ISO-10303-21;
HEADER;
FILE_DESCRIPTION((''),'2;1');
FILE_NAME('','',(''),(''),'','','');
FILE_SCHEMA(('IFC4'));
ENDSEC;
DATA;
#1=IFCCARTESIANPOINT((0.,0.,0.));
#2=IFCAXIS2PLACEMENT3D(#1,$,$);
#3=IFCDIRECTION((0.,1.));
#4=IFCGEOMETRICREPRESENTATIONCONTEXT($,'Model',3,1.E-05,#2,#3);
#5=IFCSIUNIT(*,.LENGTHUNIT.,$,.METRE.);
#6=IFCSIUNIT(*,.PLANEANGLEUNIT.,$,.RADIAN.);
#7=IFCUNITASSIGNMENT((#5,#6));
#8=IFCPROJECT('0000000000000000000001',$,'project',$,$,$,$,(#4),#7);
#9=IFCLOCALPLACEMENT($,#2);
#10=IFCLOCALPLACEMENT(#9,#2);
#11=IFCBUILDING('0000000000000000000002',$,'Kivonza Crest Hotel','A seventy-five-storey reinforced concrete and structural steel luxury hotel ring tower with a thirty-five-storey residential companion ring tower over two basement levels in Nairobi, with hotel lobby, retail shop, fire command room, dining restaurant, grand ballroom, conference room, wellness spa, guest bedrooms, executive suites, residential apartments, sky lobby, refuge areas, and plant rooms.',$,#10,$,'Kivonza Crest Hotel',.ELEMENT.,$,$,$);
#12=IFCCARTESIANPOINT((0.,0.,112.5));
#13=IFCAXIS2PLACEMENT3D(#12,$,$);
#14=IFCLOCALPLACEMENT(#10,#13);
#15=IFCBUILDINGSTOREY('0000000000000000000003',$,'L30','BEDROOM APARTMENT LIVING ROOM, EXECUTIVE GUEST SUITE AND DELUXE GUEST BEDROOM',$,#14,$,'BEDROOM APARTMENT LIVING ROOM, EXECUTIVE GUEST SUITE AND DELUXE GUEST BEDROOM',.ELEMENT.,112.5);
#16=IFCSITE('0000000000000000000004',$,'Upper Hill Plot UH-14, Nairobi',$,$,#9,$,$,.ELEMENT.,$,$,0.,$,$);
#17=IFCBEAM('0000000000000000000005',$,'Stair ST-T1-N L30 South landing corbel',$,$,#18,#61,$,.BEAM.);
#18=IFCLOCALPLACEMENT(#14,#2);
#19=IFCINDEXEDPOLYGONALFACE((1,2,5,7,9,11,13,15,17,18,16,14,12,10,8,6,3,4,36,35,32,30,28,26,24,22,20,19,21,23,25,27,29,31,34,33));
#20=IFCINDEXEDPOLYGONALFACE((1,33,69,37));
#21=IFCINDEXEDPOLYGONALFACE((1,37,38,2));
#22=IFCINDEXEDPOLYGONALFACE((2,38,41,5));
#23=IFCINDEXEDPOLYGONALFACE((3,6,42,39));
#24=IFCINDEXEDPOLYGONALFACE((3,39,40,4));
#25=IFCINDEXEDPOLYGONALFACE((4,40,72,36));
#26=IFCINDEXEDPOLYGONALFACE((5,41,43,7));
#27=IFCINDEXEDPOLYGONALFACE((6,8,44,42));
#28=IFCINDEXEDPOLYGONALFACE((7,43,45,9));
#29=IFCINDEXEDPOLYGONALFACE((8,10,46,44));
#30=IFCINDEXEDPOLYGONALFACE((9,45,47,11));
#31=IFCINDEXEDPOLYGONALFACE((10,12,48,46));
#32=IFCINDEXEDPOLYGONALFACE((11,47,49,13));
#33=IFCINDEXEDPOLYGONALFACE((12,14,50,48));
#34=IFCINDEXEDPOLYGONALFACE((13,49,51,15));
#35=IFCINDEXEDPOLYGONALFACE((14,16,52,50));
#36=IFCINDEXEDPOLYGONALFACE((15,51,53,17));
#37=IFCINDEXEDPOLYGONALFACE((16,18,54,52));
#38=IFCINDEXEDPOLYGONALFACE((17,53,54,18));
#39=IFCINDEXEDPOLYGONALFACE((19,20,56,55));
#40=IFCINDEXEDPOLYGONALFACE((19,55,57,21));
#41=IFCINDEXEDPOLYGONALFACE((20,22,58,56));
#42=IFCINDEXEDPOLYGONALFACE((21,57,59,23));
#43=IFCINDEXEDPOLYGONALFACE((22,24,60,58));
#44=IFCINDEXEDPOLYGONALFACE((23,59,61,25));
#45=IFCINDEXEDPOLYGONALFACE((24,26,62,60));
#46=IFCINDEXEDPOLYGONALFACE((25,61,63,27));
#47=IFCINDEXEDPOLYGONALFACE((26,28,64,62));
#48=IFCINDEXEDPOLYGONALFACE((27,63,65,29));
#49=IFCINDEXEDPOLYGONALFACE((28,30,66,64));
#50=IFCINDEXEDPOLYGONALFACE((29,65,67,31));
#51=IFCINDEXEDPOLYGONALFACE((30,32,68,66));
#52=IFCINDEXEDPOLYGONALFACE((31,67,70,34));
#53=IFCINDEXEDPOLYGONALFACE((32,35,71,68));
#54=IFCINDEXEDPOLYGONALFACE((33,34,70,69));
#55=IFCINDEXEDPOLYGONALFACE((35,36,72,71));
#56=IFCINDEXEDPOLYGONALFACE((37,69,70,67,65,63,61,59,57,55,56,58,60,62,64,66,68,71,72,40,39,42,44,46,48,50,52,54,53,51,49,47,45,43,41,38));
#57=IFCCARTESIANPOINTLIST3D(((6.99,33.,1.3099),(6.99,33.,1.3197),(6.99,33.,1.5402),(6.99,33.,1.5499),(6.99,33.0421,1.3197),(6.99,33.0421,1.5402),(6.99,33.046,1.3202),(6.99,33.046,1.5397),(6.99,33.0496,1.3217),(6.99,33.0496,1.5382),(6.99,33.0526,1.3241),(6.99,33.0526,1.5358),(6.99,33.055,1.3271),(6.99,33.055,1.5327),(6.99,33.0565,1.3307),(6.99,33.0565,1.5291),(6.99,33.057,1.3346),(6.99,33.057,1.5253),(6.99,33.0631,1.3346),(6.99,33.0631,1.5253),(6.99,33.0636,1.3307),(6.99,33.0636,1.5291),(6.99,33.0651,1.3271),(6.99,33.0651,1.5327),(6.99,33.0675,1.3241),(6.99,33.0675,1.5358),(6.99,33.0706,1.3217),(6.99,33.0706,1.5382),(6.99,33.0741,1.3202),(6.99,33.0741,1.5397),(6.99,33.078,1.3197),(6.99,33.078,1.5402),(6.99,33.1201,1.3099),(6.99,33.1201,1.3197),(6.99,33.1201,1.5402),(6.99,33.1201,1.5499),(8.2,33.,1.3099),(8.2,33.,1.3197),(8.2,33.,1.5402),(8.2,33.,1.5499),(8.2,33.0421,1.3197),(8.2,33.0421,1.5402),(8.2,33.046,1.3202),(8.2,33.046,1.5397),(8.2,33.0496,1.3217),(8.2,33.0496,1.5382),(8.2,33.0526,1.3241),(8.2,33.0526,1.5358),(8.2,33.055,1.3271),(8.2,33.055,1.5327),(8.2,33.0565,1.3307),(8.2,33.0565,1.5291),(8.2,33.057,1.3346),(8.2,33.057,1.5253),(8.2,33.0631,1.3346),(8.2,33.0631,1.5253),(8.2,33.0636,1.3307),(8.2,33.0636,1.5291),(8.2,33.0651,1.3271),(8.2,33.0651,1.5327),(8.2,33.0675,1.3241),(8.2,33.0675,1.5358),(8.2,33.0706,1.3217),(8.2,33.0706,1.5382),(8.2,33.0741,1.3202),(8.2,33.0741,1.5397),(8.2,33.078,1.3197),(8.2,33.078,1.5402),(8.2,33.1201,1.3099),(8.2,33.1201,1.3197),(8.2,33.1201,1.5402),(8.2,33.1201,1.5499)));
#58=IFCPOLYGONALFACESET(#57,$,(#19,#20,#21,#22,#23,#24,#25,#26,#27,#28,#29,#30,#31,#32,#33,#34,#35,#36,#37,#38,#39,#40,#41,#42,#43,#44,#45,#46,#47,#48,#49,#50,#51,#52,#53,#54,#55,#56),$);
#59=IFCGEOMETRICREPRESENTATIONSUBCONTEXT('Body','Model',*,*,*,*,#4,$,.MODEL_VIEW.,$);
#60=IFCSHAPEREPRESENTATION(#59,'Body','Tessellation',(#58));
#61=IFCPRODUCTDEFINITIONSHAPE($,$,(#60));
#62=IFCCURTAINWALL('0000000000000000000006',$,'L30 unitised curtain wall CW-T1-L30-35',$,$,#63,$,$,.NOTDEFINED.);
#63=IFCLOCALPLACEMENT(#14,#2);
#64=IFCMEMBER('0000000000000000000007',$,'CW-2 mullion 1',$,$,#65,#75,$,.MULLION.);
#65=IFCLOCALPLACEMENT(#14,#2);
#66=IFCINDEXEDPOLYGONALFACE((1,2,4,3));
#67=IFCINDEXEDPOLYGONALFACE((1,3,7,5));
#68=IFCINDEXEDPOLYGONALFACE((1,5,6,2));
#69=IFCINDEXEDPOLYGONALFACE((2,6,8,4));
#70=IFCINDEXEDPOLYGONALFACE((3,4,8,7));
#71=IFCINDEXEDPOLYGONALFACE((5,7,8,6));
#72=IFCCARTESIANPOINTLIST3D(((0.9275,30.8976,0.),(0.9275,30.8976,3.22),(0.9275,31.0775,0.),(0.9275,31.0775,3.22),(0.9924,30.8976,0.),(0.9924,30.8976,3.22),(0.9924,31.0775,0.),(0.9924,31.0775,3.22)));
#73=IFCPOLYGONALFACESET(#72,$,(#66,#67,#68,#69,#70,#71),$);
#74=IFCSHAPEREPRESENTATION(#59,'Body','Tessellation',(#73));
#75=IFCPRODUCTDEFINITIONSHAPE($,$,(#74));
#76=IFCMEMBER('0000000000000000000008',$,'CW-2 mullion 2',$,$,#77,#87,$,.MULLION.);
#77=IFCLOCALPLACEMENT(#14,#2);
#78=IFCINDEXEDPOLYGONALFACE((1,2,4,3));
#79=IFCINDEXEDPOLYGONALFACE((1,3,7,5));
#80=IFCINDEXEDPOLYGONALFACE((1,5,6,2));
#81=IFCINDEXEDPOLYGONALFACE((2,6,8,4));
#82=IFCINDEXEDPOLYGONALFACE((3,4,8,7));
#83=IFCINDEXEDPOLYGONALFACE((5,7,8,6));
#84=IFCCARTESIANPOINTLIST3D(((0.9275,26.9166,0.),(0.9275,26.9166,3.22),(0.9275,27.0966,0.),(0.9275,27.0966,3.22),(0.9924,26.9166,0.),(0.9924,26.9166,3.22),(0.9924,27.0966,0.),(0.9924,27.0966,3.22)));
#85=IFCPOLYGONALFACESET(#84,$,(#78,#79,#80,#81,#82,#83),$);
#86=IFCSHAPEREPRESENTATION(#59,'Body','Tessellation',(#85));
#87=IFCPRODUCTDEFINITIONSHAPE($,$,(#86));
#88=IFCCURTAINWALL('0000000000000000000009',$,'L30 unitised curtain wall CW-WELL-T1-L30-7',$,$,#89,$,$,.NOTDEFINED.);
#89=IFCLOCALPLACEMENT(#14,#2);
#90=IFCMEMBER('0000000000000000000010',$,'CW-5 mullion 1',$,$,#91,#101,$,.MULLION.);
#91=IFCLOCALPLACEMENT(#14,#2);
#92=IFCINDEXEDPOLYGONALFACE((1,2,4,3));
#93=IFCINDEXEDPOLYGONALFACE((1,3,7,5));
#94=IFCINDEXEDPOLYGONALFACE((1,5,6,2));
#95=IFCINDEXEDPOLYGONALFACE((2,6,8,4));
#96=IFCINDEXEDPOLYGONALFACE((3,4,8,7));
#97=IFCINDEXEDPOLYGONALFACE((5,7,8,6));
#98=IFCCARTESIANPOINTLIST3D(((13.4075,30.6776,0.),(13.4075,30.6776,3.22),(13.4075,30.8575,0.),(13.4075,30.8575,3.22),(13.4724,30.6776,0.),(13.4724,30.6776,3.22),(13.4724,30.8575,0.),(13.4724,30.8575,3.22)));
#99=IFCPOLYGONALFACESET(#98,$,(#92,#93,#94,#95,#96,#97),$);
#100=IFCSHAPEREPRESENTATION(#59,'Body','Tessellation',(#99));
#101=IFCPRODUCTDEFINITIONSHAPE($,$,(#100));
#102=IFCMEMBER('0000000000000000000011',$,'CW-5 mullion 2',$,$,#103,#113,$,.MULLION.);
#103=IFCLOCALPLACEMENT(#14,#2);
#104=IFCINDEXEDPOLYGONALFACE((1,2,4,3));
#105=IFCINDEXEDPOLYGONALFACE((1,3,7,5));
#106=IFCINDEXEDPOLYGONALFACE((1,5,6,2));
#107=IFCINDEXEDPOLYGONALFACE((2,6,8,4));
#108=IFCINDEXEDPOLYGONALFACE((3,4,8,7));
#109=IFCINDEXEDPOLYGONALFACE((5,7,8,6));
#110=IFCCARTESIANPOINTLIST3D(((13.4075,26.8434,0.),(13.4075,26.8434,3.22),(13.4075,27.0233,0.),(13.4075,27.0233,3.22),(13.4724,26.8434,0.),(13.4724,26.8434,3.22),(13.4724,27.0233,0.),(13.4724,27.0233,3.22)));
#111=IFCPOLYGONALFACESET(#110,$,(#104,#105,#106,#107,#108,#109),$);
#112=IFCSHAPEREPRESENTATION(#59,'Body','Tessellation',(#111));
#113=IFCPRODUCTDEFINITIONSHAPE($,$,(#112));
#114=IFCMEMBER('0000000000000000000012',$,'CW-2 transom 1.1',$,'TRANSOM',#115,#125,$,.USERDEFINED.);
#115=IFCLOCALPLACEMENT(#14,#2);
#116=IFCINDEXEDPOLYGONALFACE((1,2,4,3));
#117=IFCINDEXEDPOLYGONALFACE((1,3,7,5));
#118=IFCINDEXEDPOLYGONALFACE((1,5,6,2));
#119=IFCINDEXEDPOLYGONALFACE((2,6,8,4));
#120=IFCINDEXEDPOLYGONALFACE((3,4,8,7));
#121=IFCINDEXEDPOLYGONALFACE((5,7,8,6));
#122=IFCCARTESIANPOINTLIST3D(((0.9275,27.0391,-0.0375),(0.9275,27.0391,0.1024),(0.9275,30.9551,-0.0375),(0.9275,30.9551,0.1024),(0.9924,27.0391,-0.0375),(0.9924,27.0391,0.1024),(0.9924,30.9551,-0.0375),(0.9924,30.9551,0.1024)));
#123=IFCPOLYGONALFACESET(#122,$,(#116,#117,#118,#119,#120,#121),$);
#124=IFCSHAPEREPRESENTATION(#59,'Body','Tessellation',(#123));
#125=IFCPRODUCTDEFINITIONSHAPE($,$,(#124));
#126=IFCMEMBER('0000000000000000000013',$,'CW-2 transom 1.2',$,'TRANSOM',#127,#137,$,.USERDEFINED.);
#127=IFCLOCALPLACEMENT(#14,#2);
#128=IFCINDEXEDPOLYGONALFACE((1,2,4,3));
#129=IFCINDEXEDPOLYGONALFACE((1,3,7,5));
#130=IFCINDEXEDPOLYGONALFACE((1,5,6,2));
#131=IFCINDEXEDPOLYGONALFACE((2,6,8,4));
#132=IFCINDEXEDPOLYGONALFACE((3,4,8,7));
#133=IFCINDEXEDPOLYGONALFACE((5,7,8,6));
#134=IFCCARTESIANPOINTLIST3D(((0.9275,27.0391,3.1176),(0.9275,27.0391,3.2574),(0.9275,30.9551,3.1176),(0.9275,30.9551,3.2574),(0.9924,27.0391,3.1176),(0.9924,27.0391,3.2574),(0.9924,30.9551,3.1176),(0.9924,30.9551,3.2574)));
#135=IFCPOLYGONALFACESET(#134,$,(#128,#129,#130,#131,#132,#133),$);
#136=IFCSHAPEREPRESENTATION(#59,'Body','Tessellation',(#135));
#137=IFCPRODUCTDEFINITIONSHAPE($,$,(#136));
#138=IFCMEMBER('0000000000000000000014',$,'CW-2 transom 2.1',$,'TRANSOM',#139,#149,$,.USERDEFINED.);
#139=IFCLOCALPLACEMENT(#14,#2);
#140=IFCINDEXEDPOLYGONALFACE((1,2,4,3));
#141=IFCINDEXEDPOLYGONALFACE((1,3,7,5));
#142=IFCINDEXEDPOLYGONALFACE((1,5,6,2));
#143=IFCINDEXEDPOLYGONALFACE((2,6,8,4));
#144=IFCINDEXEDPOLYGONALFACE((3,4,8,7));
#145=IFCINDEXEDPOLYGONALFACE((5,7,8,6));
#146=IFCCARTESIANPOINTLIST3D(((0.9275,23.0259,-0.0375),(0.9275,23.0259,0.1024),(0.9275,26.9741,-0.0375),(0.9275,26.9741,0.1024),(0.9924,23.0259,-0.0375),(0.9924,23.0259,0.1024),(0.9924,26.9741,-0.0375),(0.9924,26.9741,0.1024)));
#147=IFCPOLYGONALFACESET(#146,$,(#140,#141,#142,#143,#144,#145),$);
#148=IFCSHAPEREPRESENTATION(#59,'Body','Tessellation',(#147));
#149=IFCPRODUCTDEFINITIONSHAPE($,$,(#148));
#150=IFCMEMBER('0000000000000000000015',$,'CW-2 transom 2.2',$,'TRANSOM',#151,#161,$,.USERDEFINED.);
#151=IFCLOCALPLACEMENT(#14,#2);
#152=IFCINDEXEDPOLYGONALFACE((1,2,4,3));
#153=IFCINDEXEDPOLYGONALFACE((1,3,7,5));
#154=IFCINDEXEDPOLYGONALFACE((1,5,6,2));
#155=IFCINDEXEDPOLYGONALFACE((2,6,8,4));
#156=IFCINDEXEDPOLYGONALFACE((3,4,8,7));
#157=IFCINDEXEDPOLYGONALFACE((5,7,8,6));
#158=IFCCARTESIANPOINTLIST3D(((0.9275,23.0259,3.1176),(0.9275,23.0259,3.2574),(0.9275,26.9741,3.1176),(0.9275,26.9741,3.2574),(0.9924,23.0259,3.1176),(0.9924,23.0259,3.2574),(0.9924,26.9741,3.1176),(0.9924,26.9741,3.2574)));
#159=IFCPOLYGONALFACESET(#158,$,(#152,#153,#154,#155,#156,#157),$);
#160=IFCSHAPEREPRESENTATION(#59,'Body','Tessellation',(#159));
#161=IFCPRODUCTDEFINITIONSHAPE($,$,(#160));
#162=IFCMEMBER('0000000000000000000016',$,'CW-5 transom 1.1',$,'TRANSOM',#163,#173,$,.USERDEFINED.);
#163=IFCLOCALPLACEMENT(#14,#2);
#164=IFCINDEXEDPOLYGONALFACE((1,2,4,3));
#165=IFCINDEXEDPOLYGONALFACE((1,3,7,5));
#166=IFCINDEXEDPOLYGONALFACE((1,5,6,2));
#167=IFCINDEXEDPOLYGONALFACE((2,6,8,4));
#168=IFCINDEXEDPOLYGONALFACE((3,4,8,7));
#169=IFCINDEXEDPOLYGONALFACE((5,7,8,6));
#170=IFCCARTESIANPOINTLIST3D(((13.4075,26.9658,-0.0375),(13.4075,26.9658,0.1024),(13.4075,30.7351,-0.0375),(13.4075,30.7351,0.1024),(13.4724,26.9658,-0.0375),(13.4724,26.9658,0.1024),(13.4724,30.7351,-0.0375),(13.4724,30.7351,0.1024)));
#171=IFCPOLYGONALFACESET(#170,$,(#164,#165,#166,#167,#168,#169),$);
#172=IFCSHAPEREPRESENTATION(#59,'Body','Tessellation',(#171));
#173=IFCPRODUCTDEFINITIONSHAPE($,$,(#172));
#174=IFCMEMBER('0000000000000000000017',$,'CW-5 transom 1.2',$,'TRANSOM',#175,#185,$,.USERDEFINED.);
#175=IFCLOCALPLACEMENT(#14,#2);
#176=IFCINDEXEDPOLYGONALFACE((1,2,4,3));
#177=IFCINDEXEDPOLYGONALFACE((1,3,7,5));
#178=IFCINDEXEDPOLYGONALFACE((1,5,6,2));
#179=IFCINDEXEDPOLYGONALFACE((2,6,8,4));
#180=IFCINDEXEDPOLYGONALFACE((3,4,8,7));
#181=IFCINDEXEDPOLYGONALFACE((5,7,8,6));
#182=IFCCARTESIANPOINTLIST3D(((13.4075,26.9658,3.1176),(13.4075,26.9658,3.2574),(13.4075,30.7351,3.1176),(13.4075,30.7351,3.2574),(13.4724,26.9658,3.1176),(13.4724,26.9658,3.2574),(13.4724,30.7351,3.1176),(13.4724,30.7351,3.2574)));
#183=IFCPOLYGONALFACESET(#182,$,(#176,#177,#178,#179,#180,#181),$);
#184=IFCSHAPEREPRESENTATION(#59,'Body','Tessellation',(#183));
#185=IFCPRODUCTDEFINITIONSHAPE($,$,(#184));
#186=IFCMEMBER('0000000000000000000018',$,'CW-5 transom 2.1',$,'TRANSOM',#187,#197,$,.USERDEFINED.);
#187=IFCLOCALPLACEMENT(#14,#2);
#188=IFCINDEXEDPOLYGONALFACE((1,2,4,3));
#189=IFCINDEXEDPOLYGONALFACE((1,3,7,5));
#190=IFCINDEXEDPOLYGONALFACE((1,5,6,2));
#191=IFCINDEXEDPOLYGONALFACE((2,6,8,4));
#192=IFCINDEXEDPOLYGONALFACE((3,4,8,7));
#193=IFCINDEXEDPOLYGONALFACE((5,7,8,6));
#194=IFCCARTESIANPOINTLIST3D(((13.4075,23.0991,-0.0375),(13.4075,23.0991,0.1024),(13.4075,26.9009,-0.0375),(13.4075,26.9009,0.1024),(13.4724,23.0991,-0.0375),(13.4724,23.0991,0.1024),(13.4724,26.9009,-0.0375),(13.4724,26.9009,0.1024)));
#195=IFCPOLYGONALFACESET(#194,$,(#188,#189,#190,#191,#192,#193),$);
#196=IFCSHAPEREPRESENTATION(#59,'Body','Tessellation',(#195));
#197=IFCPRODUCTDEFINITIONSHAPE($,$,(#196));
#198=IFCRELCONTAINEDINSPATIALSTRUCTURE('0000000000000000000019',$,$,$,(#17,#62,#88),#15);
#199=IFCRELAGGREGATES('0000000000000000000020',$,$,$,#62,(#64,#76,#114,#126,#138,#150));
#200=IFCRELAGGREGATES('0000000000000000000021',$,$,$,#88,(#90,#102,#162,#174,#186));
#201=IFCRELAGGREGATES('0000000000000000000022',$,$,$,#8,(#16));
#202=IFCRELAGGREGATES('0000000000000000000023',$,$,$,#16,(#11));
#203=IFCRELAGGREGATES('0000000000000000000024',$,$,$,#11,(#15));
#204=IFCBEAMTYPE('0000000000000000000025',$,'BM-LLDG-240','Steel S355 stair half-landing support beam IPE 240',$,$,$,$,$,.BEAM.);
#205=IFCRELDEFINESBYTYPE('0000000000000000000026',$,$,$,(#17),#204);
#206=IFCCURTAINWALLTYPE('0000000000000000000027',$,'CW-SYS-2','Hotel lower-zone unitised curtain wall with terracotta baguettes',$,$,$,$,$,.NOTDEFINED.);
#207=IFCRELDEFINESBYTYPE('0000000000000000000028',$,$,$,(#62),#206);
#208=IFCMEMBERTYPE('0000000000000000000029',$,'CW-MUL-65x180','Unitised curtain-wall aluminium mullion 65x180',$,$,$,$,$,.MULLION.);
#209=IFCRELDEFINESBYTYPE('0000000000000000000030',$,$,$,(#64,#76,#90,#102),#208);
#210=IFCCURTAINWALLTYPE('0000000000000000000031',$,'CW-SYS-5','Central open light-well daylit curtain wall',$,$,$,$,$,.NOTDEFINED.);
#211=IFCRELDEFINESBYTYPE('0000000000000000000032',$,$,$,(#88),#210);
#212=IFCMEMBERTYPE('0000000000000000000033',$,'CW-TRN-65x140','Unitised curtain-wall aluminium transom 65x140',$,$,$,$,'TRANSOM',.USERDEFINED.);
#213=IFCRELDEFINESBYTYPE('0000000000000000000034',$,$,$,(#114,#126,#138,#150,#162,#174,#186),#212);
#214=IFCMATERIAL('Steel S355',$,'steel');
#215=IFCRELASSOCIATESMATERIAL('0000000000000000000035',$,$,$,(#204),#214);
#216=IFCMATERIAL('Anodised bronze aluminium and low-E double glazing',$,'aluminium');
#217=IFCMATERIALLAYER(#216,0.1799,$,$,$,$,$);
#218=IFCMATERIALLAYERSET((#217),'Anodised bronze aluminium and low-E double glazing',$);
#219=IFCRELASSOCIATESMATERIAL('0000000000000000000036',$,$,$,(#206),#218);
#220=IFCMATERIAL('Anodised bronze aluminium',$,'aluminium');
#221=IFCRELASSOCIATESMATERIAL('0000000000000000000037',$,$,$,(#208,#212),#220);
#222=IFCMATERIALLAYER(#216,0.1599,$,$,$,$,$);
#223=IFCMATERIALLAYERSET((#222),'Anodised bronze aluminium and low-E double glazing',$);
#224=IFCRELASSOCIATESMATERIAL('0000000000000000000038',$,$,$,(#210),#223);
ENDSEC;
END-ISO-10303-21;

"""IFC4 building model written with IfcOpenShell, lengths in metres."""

from ifc_helpers import new_model, si_unit, direction, frame, origin, origin_2d, place, context, subcontext, project, spatial, rectangle, i_section, extrude, material, layer, layer_set, material_profile, profile_set, type_object, element, aggregate, save


model = new_model("IFC4")

# Units and contexts
model_context = context("Model", 3, precision=1e-05, world=origin(), true_north=direction((0.0, 1.0)))
body_context = subcontext(model_context, "Body", "Model", "MODEL_VIEW")
ifc_project = project(units=[si_unit("LENGTHUNIT", "METRE"), si_unit("PLANEANGLEUNIT", "RADIAN")], contexts=[model_context])

# Site, building, storey
site_placement = place(None, origin())
site = spatial("IfcSite", under=ifc_project, at=site_placement, Name="Upper Hill Plot UH-14, Nairobi", CompositionType="ELEMENT", RefElevation=0.0)
building_placement = place(site_placement, origin())
building = spatial("IfcBuilding", under=site, at=building_placement, Name="Kivonza Crest Hotel", Description="A seventy-five-storey reinforced concrete and structural steel luxury hotel ring tower with a thirty-five-storey residential companion ring tower over two basement levels in Nairobi, with hotel lobby, retail shop, fire command room, dining restaurant, grand ballroom, conference room, wellness spa, guest bedrooms, executive suites, residential apartments, sky lobby, refuge areas, and plant rooms.", LongName="Kivonza Crest Hotel", CompositionType="ELEMENT")
storey_placement = place(building_placement, frame((0.0, 0.0, 112.5)))
storey = spatial("IfcBuildingStorey", under=building, at=storey_placement, Name="L30", Description="BEDROOM APARTMENT LIVING ROOM, EXECUTIVE GUEST SUITE AND DELUXE GUEST BEDROOM", LongName="BEDROOM APARTMENT LIVING ROOM, EXECUTIVE GUEST SUITE AND DELUXE GUEST BEDROOM", CompositionType="ELEMENT", Elevation=112.5)

# Beam
ifc_material_1 = material(Name="Steel S355", Category="steel")
ifc_material_profile_1 = material_profile(ifc_material_1, i_section(OverallWidth=0.1201, OverallDepth=0.24, WebThickness=0.0061, FlangeThickness=0.0098, FilletRadius=0.0149, at=origin_2d()), Name="IPE 240")
ifc_profile_set_1 = profile_set([ifc_material_profile_1], Name="Steel S355")
beam_type_1 = type_object("IfcBeamType", Name="BM-LLDG-240", Description="Steel S355 stair half-landing support beam IPE 240", PredefinedType="BEAM", material=ifc_profile_set_1)
beam_1_placement = place(storey_placement, frame((6.99, 33.0601, 1.4299), z_axis=(1.0, 0.0, 0.0), x_axis=(0.0, 1.0, 0.0)))
element("IfcBeam", 1, at=beam_1_placement, inside=storey, type_object=beam_type_1, Name="Stair ST-T1-N L30 South landing corbel", PredefinedType="BEAM", context=body_context, shape_type="SweptSolid", body=[
    extrude(i_section(OverallWidth=0.1201, OverallDepth=0.24, WebThickness=0.0061, FlangeThickness=0.0098, FilletRadius=0.0149, at=origin_2d()), origin(), (0.0, 0.0, 1.0), 1.21),
])

# Curtain walls, members
ifc_material_2 = material(Name="Anodised bronze aluminium and low-E double glazing", Category="aluminium")
ifc_layer_1 = layer(ifc_material_2, 0.1799)
ifc_layer_set_1 = layer_set([ifc_layer_1], Name="Anodised bronze aluminium and low-E double glazing")
curtain_wall_type_1 = type_object("IfcCurtainWallType", Name="CW-SYS-2", Description="Hotel lower-zone unitised curtain wall with terracotta baguettes", PredefinedType="NOTDEFINED", material=ifc_layer_set_1)
curtain_wall_1_placement = place(storey_placement, origin())
curtain_wall_1 = element("IfcCurtainWall", 2, at=curtain_wall_1_placement, inside=storey, type_object=curtain_wall_type_1, Name="L30 unitised curtain wall CW-T1-L30-35", PredefinedType="NOTDEFINED")
ifc_material_3 = material(Name="Anodised bronze aluminium", Category="aluminium")
ifc_material_profile_2 = material_profile(ifc_material_3, rectangle(XDim=0.0649, YDim=0.1799, at=origin_2d()), Name="CW-M 65x180")
ifc_profile_set_2 = profile_set([ifc_material_profile_2], Name="Anodised bronze aluminium")
member_type_1 = type_object("IfcMemberType", Name="CW-MUL-65x180", Description="Unitised curtain-wall aluminium mullion 65x180", PredefinedType="MULLION", material=ifc_profile_set_2)
member_1_placement = place(storey_placement, frame((0.96, 30.9875, 0.0), z_axis=(0.0, 0.0, 1.0), x_axis=(1.0, 0.0, 0.0)))
member_1 = element("IfcMember", 3, at=member_1_placement, type_object=member_type_1, Name="CW-2 mullion 1", PredefinedType="MULLION", context=body_context, shape_type="SweptSolid", body=[
    extrude(rectangle(XDim=0.0649, YDim=0.1799, at=origin_2d()), origin(), (0.0, 0.0, 1.0), 3.22),
])
member_2_placement = place(storey_placement, frame((0.96, 27.0066, 0.0), z_axis=(0.0, 0.0, 1.0), x_axis=(1.0, 0.0, 0.0)))
member_2 = element("IfcMember", 4, at=member_2_placement, type_object=member_type_1, Name="CW-2 mullion 2", PredefinedType="MULLION", context=body_context, shape_type="SweptSolid", body=[
    extrude(rectangle(XDim=0.0649, YDim=0.1799, at=origin_2d()), origin(), (0.0, 0.0, 1.0), 3.22),
])
ifc_layer_2 = layer(ifc_material_2, 0.1599)
ifc_layer_set_2 = layer_set([ifc_layer_2], Name="Anodised bronze aluminium and low-E double glazing")
curtain_wall_type_2 = type_object("IfcCurtainWallType", Name="CW-SYS-5", Description="Central open light-well daylit curtain wall", PredefinedType="NOTDEFINED", material=ifc_layer_set_2)
curtain_wall_2_placement = place(storey_placement, origin())
curtain_wall_2 = element("IfcCurtainWall", 5, at=curtain_wall_2_placement, inside=storey, type_object=curtain_wall_type_2, Name="L30 unitised curtain wall CW-WELL-T1-L30-7", PredefinedType="NOTDEFINED")
member_3_placement = place(storey_placement, frame((13.4399, 30.7676, 0.0), z_axis=(0.0, 0.0, 1.0), x_axis=(1.0, 0.0, 0.0)))
member_3 = element("IfcMember", 6, at=member_3_placement, type_object=member_type_1, Name="CW-5 mullion 1", PredefinedType="MULLION", context=body_context, shape_type="SweptSolid", body=[
    extrude(rectangle(XDim=0.0649, YDim=0.1799, at=origin_2d()), origin(), (0.0, 0.0, 1.0), 3.22),
])
member_4_placement = place(storey_placement, frame((13.4399, 26.9333, 0.0), z_axis=(0.0, 0.0, 1.0), x_axis=(1.0, 0.0, 0.0)))
member_4 = element("IfcMember", 7, at=member_4_placement, type_object=member_type_1, Name="CW-5 mullion 2", PredefinedType="MULLION", context=body_context, shape_type="SweptSolid", body=[
    extrude(rectangle(XDim=0.0649, YDim=0.1799, at=origin_2d()), origin(), (0.0, 0.0, 1.0), 3.22),
])

# Members
ifc_material_profile_3 = material_profile(ifc_material_3, rectangle(XDim=0.0649, YDim=0.1399, at=origin_2d()), Name="CW-T 65x140")
ifc_profile_set_3 = profile_set([ifc_material_profile_3], Name="Anodised bronze aluminium")
member_type_2 = type_object("IfcMemberType", Name="CW-TRN-65x140", Description="Unitised curtain-wall aluminium transom 65x140", ElementType="TRANSOM", PredefinedType="USERDEFINED", material=ifc_profile_set_3)
member_5_placement = place(storey_placement, frame((0.96, 30.9551, 0.0325), z_axis=(0.0, -1.0, 0.0), x_axis=(1.0, 0.0, 0.0)))
member_5 = element("IfcMember", 8, at=member_5_placement, type_object=member_type_2, Name="CW-2 transom 1.1", ObjectType="TRANSOM", PredefinedType="USERDEFINED", context=body_context, shape_type="SweptSolid", body=[
    extrude(rectangle(XDim=0.0649, YDim=0.1399, at=origin_2d()), origin(), (0.0, 0.0, 1.0), 3.916),
])
member_6_placement = place(storey_placement, frame((0.96, 30.9551, 3.1875), z_axis=(0.0, -1.0, 0.0), x_axis=(1.0, 0.0, 0.0)))
member_6 = element("IfcMember", 9, at=member_6_placement, type_object=member_type_2, Name="CW-2 transom 1.2", ObjectType="TRANSOM", PredefinedType="USERDEFINED", context=body_context, shape_type="SweptSolid", body=[
    extrude(rectangle(XDim=0.0649, YDim=0.1399, at=origin_2d()), origin(), (0.0, 0.0, 1.0), 3.916),
])
member_7_placement = place(storey_placement, frame((0.96, 26.9741, 0.0325), z_axis=(0.0, -1.0, 0.0), x_axis=(1.0, 0.0, 0.0)))
member_7 = element("IfcMember", 10, at=member_7_placement, type_object=member_type_2, Name="CW-2 transom 2.1", ObjectType="TRANSOM", PredefinedType="USERDEFINED", context=body_context, shape_type="SweptSolid", body=[
    extrude(rectangle(XDim=0.0649, YDim=0.1399, at=origin_2d()), origin(), (0.0, 0.0, 1.0), 3.9482),
])
member_8_placement = place(storey_placement, frame((0.96, 26.9741, 3.1875), z_axis=(0.0, -1.0, 0.0), x_axis=(1.0, 0.0, 0.0)))
member_8 = element("IfcMember", 11, at=member_8_placement, type_object=member_type_2, Name="CW-2 transom 2.2", ObjectType="TRANSOM", PredefinedType="USERDEFINED", context=body_context, shape_type="SweptSolid", body=[
    extrude(rectangle(XDim=0.0649, YDim=0.1399, at=origin_2d()), origin(), (0.0, 0.0, 1.0), 3.9482),
])
member_9_placement = place(storey_placement, frame((13.4399, 30.7351, 0.0325), z_axis=(0.0, -1.0, 0.0), x_axis=(1.0, 0.0, 0.0)))
member_9 = element("IfcMember", 12, at=member_9_placement, type_object=member_type_2, Name="CW-5 transom 1.1", ObjectType="TRANSOM", PredefinedType="USERDEFINED", context=body_context, shape_type="SweptSolid", body=[
    extrude(rectangle(XDim=0.0649, YDim=0.1399, at=origin_2d()), origin(), (0.0, 0.0, 1.0), 3.7693),
])
member_10_placement = place(storey_placement, frame((13.4399, 30.7351, 3.1875), z_axis=(0.0, -1.0, 0.0), x_axis=(1.0, 0.0, 0.0)))
member_10 = element("IfcMember", 13, at=member_10_placement, type_object=member_type_2, Name="CW-5 transom 1.2", ObjectType="TRANSOM", PredefinedType="USERDEFINED", context=body_context, shape_type="SweptSolid", body=[
    extrude(rectangle(XDim=0.0649, YDim=0.1399, at=origin_2d()), origin(), (0.0, 0.0, 1.0), 3.7693),
])
member_11_placement = place(storey_placement, frame((13.4399, 26.9009, 0.0325), z_axis=(0.0, -1.0, 0.0), x_axis=(1.0, 0.0, 0.0)))
member_11 = element("IfcMember", 14, at=member_11_placement, type_object=member_type_2, Name="CW-5 transom 2.1", ObjectType="TRANSOM", PredefinedType="USERDEFINED", context=body_context, shape_type="SweptSolid", body=[
    extrude(rectangle(XDim=0.0649, YDim=0.1399, at=origin_2d()), origin(), (0.0, 0.0, 1.0), 3.8018),
])

aggregate(curtain_wall_1, [member_1, member_2, member_5, member_6, member_7, member_8])
aggregate(curtain_wall_2, [member_3, member_4, member_9, member_10, member_11])

save(model, "model.ifc")
